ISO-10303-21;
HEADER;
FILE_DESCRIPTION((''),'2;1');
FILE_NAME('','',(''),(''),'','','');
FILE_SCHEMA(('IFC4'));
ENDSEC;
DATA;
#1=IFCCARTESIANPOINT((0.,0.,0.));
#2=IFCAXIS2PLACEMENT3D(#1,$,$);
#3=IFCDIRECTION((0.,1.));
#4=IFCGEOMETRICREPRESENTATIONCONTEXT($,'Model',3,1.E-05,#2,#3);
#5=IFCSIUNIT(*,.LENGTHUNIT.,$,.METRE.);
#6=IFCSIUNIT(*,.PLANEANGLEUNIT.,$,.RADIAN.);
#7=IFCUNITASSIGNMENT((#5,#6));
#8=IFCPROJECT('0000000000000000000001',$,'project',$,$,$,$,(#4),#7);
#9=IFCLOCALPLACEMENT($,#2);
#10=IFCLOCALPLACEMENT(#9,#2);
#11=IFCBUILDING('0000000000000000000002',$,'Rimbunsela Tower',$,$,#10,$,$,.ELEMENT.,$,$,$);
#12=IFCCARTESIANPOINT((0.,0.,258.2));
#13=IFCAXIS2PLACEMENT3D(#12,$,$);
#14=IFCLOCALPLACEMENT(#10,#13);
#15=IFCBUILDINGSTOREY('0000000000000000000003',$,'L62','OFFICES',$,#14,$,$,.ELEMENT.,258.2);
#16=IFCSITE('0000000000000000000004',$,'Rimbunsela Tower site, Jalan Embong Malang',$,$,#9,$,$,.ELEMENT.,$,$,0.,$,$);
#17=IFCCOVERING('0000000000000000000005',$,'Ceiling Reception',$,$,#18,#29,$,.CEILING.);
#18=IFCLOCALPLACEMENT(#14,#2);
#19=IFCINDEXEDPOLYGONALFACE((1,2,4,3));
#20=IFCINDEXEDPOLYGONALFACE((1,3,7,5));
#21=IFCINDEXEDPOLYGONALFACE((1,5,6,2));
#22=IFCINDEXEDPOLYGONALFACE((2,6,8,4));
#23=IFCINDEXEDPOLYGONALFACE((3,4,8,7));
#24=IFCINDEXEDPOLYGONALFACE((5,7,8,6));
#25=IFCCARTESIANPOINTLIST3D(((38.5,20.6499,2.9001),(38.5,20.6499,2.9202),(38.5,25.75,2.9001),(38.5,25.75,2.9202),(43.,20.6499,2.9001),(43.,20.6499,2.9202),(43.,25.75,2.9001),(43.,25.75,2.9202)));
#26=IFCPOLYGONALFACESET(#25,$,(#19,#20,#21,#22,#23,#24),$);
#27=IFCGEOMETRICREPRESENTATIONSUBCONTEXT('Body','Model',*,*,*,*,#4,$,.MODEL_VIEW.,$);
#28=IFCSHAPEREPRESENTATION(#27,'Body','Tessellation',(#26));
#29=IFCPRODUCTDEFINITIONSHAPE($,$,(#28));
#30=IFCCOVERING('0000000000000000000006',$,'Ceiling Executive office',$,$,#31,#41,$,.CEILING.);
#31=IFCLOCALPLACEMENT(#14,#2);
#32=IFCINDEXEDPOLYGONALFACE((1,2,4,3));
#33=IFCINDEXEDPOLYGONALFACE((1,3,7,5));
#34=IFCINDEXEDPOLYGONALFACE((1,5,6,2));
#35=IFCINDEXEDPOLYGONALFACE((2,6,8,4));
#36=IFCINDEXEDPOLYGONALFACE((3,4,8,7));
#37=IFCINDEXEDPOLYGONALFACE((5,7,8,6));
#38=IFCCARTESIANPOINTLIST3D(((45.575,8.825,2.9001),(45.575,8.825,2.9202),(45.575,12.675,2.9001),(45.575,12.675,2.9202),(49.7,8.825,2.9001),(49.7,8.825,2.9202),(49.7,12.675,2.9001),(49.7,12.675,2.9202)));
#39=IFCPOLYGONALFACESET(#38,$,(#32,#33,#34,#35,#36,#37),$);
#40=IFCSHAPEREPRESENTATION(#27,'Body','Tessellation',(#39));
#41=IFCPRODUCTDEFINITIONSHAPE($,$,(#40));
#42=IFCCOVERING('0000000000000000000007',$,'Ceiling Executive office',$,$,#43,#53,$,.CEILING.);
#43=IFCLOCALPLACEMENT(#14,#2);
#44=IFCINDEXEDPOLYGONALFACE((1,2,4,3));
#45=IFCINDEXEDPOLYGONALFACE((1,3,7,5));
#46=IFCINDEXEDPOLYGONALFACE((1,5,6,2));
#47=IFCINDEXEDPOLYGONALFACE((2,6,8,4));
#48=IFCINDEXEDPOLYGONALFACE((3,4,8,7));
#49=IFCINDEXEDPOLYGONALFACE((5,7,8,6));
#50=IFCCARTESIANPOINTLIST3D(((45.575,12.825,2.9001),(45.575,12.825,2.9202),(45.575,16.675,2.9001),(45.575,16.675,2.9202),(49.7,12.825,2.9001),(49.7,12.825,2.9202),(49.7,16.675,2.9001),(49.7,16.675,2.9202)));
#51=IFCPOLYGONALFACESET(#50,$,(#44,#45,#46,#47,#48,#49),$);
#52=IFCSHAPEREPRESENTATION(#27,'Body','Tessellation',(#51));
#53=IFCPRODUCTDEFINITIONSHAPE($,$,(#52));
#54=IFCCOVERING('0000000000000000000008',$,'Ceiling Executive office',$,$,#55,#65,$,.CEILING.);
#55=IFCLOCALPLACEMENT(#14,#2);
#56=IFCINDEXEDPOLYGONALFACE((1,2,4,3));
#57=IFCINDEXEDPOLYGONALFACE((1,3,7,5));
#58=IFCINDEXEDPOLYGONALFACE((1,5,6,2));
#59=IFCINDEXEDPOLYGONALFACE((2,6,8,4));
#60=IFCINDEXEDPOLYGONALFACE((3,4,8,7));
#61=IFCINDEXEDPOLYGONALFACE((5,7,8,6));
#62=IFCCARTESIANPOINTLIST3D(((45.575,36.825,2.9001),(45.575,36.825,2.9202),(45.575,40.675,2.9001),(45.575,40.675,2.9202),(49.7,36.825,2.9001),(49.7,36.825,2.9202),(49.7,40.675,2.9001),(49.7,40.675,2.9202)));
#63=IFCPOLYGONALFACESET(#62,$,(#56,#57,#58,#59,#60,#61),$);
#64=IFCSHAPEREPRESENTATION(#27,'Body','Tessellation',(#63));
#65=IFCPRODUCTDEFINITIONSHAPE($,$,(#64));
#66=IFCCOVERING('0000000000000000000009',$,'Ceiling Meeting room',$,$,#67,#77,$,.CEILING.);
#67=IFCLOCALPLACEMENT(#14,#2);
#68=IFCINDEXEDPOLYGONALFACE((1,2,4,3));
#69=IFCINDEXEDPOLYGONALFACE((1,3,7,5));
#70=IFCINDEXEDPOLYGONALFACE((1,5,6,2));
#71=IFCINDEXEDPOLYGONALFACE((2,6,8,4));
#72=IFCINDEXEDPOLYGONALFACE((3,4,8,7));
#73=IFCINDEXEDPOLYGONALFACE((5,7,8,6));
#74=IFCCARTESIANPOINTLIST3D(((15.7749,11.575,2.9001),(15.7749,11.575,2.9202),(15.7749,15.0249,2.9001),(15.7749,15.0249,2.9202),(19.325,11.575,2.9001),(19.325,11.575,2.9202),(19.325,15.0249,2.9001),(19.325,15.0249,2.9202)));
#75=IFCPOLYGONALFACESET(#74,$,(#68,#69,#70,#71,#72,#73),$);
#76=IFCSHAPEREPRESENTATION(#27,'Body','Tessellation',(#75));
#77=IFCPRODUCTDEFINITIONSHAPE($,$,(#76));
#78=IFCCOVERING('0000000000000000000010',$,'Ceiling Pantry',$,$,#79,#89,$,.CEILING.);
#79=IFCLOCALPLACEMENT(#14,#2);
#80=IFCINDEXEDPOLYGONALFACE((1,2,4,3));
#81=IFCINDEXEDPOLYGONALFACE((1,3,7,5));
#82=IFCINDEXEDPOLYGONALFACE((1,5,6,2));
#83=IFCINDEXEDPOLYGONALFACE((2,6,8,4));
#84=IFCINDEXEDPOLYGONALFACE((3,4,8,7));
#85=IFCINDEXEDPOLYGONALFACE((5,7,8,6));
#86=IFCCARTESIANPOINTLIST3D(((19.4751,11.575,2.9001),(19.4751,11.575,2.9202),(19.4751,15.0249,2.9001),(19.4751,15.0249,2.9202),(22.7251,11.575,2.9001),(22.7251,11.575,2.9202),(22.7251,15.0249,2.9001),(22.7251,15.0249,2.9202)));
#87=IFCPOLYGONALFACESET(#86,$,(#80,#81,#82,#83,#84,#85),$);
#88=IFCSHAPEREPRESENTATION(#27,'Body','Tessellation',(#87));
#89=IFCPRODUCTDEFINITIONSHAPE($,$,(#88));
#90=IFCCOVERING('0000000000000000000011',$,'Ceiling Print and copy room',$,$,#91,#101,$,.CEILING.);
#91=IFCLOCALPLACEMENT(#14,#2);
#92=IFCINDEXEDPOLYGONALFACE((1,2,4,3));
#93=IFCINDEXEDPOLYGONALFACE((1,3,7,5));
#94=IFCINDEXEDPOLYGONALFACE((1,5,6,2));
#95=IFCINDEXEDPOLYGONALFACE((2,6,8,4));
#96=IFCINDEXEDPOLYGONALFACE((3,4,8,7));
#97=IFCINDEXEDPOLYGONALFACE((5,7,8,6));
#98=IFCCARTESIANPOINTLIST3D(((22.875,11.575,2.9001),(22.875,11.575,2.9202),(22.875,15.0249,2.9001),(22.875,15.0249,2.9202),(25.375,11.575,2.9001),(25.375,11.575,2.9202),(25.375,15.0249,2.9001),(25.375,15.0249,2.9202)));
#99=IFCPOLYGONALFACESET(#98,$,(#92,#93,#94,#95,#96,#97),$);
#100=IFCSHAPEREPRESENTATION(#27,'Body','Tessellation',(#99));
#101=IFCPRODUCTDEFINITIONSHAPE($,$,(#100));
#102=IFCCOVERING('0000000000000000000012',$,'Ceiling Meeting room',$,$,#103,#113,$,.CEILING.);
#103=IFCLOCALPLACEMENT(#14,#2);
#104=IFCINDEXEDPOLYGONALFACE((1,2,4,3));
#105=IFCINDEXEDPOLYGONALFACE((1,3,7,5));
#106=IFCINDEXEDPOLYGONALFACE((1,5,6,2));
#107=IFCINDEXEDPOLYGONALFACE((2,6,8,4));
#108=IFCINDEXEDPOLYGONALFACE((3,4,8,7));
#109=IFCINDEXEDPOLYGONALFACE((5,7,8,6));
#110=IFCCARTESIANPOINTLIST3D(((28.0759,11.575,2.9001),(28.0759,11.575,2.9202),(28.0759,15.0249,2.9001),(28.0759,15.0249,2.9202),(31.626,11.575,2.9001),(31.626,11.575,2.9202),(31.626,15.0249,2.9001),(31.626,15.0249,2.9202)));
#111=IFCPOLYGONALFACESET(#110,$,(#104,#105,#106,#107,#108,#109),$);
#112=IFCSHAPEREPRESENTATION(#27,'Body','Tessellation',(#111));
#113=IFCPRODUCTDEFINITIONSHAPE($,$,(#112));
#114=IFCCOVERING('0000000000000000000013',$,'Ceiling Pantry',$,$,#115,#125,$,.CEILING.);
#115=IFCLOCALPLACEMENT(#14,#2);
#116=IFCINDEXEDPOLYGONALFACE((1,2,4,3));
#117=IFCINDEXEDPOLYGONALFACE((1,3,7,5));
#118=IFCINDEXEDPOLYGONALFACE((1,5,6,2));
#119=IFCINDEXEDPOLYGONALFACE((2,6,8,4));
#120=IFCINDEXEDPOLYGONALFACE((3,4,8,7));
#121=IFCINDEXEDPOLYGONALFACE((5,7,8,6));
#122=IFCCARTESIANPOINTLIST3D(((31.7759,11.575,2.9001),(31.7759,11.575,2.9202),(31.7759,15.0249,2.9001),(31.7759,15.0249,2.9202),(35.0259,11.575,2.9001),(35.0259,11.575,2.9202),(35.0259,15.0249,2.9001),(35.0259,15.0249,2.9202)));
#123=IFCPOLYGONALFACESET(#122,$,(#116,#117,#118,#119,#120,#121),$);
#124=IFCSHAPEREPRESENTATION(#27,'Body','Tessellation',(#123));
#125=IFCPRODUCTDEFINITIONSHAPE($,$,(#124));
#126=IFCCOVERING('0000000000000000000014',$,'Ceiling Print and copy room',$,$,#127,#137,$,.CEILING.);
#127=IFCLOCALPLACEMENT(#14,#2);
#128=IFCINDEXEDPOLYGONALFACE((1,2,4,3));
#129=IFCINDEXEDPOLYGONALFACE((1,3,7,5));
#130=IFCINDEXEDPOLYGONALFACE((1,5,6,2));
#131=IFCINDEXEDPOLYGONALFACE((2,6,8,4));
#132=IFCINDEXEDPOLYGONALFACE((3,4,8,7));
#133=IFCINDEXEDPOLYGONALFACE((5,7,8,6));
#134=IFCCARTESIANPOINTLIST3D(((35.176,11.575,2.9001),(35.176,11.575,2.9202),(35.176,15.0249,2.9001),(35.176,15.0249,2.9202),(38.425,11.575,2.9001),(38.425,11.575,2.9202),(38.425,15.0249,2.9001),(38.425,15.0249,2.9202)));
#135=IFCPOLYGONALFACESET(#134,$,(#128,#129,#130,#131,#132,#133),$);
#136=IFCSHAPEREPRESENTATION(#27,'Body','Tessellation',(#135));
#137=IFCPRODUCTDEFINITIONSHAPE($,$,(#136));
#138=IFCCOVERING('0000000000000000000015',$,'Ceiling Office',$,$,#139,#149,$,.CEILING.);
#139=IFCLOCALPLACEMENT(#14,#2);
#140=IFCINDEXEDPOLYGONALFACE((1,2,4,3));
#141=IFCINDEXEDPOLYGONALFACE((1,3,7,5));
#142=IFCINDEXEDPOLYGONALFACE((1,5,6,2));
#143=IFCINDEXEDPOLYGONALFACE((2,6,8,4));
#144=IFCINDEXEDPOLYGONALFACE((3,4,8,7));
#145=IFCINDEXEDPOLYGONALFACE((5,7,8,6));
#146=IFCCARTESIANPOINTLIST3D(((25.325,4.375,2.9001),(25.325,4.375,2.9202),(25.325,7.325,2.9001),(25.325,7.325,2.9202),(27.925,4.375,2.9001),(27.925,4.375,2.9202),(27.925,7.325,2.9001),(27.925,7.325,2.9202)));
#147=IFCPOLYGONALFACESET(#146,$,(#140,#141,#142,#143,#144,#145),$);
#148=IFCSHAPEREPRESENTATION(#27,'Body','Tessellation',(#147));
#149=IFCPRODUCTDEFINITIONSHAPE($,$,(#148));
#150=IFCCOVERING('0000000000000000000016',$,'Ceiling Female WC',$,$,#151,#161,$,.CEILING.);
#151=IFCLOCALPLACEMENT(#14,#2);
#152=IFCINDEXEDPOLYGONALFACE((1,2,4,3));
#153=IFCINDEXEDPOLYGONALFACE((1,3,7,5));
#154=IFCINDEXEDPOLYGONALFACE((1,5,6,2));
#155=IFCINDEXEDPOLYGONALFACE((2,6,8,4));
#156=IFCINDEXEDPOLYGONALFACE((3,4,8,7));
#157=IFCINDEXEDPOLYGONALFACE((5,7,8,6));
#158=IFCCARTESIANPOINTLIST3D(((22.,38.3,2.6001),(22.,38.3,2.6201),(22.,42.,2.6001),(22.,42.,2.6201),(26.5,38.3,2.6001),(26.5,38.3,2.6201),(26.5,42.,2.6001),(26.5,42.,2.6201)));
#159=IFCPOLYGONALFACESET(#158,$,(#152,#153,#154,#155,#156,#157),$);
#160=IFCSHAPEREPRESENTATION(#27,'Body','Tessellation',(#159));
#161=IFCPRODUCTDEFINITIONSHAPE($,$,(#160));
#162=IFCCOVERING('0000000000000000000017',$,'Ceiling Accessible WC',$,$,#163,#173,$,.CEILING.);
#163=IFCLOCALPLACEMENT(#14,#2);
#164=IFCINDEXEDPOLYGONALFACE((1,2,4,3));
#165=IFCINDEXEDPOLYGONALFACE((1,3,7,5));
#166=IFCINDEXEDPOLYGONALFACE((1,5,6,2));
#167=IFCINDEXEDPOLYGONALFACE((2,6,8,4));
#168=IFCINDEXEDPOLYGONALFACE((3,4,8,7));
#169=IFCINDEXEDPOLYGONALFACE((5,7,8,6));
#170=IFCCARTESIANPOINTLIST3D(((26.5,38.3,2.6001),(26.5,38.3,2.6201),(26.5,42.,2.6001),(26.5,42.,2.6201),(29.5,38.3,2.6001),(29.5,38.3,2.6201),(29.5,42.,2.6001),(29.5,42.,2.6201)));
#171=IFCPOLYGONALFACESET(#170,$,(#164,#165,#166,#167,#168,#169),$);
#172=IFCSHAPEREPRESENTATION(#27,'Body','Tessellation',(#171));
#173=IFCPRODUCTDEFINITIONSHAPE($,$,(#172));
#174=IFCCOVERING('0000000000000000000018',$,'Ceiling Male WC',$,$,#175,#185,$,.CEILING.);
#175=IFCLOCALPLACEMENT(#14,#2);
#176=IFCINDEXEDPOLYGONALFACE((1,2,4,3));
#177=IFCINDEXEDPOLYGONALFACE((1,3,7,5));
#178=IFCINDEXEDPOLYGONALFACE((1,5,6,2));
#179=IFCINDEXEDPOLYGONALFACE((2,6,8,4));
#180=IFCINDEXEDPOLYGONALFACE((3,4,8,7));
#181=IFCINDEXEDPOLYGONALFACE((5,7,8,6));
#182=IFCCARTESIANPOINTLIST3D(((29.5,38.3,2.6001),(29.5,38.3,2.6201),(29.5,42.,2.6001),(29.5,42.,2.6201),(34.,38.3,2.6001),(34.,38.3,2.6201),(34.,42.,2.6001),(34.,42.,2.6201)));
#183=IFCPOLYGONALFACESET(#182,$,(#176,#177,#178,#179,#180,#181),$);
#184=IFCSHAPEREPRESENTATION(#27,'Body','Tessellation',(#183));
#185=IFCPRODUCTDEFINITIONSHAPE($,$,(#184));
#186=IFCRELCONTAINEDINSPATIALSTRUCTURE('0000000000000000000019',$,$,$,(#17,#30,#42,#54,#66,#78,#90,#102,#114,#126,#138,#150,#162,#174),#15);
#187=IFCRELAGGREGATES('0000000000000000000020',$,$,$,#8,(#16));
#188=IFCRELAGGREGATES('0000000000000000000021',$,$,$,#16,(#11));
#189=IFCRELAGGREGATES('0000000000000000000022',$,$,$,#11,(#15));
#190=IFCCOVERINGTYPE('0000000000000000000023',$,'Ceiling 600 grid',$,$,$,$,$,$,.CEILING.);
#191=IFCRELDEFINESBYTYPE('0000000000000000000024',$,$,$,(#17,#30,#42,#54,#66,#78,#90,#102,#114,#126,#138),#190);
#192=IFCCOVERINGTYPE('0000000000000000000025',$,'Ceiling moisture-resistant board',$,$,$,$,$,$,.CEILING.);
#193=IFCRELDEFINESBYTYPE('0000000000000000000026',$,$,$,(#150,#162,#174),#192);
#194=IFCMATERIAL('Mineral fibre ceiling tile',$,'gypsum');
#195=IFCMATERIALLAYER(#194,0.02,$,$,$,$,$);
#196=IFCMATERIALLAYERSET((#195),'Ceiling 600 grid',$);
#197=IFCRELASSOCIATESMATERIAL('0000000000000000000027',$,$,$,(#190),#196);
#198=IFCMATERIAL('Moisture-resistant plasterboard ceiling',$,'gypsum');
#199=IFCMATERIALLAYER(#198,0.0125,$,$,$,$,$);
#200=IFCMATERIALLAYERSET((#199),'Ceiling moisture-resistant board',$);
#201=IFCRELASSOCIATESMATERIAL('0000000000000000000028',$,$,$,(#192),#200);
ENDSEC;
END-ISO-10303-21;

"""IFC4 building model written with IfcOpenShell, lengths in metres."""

from ifc_helpers import new_model, si_unit, direction, frame, origin, place, context, subcontext, project, spatial, polyline, outline, extrude, material, layer, layer_set, type_object, element, save


model = new_model("IFC4")

# Units and contexts
model_context = context("Model", 3, precision=1e-05, world=origin(), true_north=direction((0.0, 1.0)))
body_context = subcontext(model_context, "Body", "Model", "MODEL_VIEW")
ifc_project = project(units=[si_unit("LENGTHUNIT", "METRE"), si_unit("PLANEANGLEUNIT", "RADIAN")], contexts=[model_context])

# Site, building, storey
site_placement = place(None, origin())
site = spatial("IfcSite", under=ifc_project, at=site_placement, Name="Rimbunsela Tower site, Jalan Embong Malang", CompositionType="ELEMENT", RefElevation=0.0)
building_placement = place(site_placement, origin())
building = spatial("IfcBuilding", under=site, at=building_placement, Name="Rimbunsela Tower", CompositionType="ELEMENT")
storey_placement = place(building_placement, frame((0.0, 0.0, 258.2)))
storey = spatial("IfcBuildingStorey", under=building, at=storey_placement, Name="L62", Description="OFFICES", CompositionType="ELEMENT", Elevation=258.2)

# Coverings
ifc_material_1 = material(Name="Mineral fibre ceiling tile", Category="gypsum")
ifc_layer_1 = layer(ifc_material_1, 0.02)
ifc_layer_set_1 = layer_set([ifc_layer_1], Name="Ceiling 600 grid")
covering_type_1 = type_object("IfcCoveringType", Name="Ceiling 600 grid", PredefinedType="CEILING", material=ifc_layer_set_1)
covering_1_placement = place(storey_placement, frame((0.0, 0.0, 2.9001)))
element("IfcCovering", 1, at=covering_1_placement, inside=storey, type_object=covering_type_1, Name="Ceiling Reception", PredefinedType="CEILING", context=body_context, shape_type="SweptSolid", body=[
    extrude(outline(polyline([(43.0, 20.6499), (43.0, 25.75), (38.5, 25.75), (38.5, 20.6499), (43.0, 20.6499)])), origin(), (0.0, 0.0, 1.0), 0.02),
])
covering_2_placement = place(storey_placement, frame((0.0, 0.0, 2.9001)))
element("IfcCovering", 2, at=covering_2_placement, inside=storey, type_object=covering_type_1, Name="Ceiling Executive office", PredefinedType="CEILING", context=body_context, shape_type="SweptSolid", body=[
    extrude(outline(polyline([(49.7, 8.825), (49.7, 12.675), (45.575, 12.675), (45.575, 8.825), (49.7, 8.825)])), origin(), (0.0, 0.0, 1.0), 0.02),
])
covering_3_placement = place(storey_placement, frame((0.0, 0.0, 2.9001)))
element("IfcCovering", 3, at=covering_3_placement, inside=storey, type_object=covering_type_1, Name="Ceiling Executive office", PredefinedType="CEILING", context=body_context, shape_type="SweptSolid", body=[
    extrude(outline(polyline([(49.7, 12.825), (49.7, 16.675), (45.575, 16.675), (45.575, 12.825), (49.7, 12.825)])), origin(), (0.0, 0.0, 1.0), 0.02),
])
covering_4_placement = place(storey_placement, frame((0.0, 0.0, 2.9001)))
element("IfcCovering", 4, at=covering_4_placement, inside=storey, type_object=covering_type_1, Name="Ceiling Executive office", PredefinedType="CEILING", context=body_context, shape_type="SweptSolid", body=[
    extrude(outline(polyline([(49.7, 36.825), (49.7, 40.675), (45.575, 40.675), (45.575, 36.825), (49.7, 36.825)])), origin(), (0.0, 0.0, 1.0), 0.02),
])
covering_5_placement = place(storey_placement, frame((0.0, 0.0, 2.9001)))
element("IfcCovering", 5, at=covering_5_placement, inside=storey, type_object=covering_type_1, Name="Ceiling Meeting room", PredefinedType="CEILING", context=body_context, shape_type="SweptSolid", body=[
    extrude(outline(polyline([(19.325, 11.575), (19.325, 15.0249), (15.7749, 15.0249), (15.7749, 11.575), (19.325, 11.575)])), origin(), (0.0, 0.0, 1.0), 0.02),
])
covering_6_placement = place(storey_placement, frame((0.0, 0.0, 2.9001)))
element("IfcCovering", 6, at=covering_6_placement, inside=storey, type_object=covering_type_1, Name="Ceiling Pantry", PredefinedType="CEILING", context=body_context, shape_type="SweptSolid", body=[
    extrude(outline(polyline([(22.7251, 11.575), (22.7251, 15.0249), (19.4751, 15.0249), (19.4751, 11.575), (22.7251, 11.575)])), origin(), (0.0, 0.0, 1.0), 0.02),
])
covering_7_placement = place(storey_placement, frame((0.0, 0.0, 2.9001)))
element("IfcCovering", 7, at=covering_7_placement, inside=storey, type_object=covering_type_1, Name="Ceiling Print and copy room", PredefinedType="CEILING", context=body_context, shape_type="SweptSolid", body=[
    extrude(outline(polyline([(25.375, 11.575), (25.375, 15.0249), (22.875, 15.0249), (22.875, 11.575), (25.375, 11.575)])), origin(), (0.0, 0.0, 1.0), 0.02),
])
covering_8_placement = place(storey_placement, frame((0.0, 0.0, 2.9001)))
element("IfcCovering", 8, at=covering_8_placement, inside=storey, type_object=covering_type_1, Name="Ceiling Meeting room", PredefinedType="CEILING", context=body_context, shape_type="SweptSolid", body=[
    extrude(outline(polyline([(31.626, 11.575), (31.626, 15.0249), (28.0759, 15.0249), (28.0759, 11.575), (31.626, 11.575)])), origin(), (0.0, 0.0, 1.0), 0.02),
])
covering_9_placement = place(storey_placement, frame((0.0, 0.0, 2.9001)))
element("IfcCovering", 9, at=covering_9_placement, inside=storey, type_object=covering_type_1, Name="Ceiling Pantry", PredefinedType="CEILING", context=body_context, shape_type="SweptSolid", body=[
    extrude(outline(polyline([(35.0259, 11.575), (35.0259, 15.0249), (31.7759, 15.0249), (31.7759, 11.575), (35.0259, 11.575)])), origin(), (0.0, 0.0, 1.0), 0.02),
])
covering_10_placement = place(storey_placement, frame((0.0, 0.0, 2.9001)))
element("IfcCovering", 10, at=covering_10_placement, inside=storey, type_object=covering_type_1, Name="Ceiling Print and copy room", PredefinedType="CEILING", context=body_context, shape_type="SweptSolid", body=[
    extrude(outline(polyline([(38.425, 11.575), (38.425, 15.0249), (35.176, 15.0249), (35.176, 11.575), (38.425, 11.575)])), origin(), (0.0, 0.0, 1.0), 0.02),
])
covering_11_placement = place(storey_placement, frame((0.0, 0.0, 2.9001)))
element("IfcCovering", 11, at=covering_11_placement, inside=storey, type_object=covering_type_1, Name="Ceiling Office", PredefinedType="CEILING", context=body_context, shape_type="SweptSolid", body=[
    extrude(outline(polyline([(27.925, 4.375), (27.925, 7.325), (25.325, 7.325), (25.325, 4.375), (27.925, 4.375)])), origin(), (0.0, 0.0, 1.0), 0.02),
])
ifc_material_2 = material(Name="Moisture-resistant plasterboard ceiling", Category="gypsum")
ifc_layer_2 = layer(ifc_material_2, 0.0125)
ifc_layer_set_2 = layer_set([ifc_layer_2], Name="Ceiling moisture-resistant board")
covering_type_2 = type_object("IfcCoveringType", Name="Ceiling moisture-resistant board", PredefinedType="CEILING", material=ifc_layer_set_2)
covering_12_placement = place(storey_placement, frame((0.0, 0.0, 2.6001)))
element("IfcCovering", 12, at=covering_12_placement, inside=storey, type_object=covering_type_2, Name="Ceiling Female WC", PredefinedType="CEILING", context=body_context, shape_type="SweptSolid", body=[
    extrude(outline(polyline([(26.5, 38.3), (26.5, 42.0), (22.0, 42.0), (22.0, 38.3), (26.5, 38.3)])), origin(), (0.0, 0.0, 1.0), 0.02),
])
covering_13_placement = place(storey_placement, frame((0.0, 0.0, 2.6001)))
element("IfcCovering", 13, at=covering_13_placement, inside=storey, type_object=covering_type_2, Name="Ceiling Accessible WC", PredefinedType="CEILING", context=body_context, shape_type="SweptSolid", body=[
    extrude(outline(polyline([(29.5, 38.3), (29.5, 42.0), (26.5, 42.0), (26.5, 38.3), (29.5, 38.3)])), origin(), (0.0, 0.0, 1.0), 0.02),
])
covering_14_placement = place(storey_placement, frame((0.0, 0.0, 2.6001)))
element("IfcCovering", 14, at=covering_14_placement, inside=storey, type_object=covering_type_2, Name="Ceiling Male WC", PredefinedType="CEILING", context=body_context, shape_type="SweptSolid", body=[
    extrude(outline(polyline([(34.0, 38.3), (34.0, 42.0), (29.5, 42.0), (29.5, 38.3), (34.0, 38.3)])), origin(), (0.0, 0.0, 1.0), 0.02),
])

save(model, "model.ifc")
